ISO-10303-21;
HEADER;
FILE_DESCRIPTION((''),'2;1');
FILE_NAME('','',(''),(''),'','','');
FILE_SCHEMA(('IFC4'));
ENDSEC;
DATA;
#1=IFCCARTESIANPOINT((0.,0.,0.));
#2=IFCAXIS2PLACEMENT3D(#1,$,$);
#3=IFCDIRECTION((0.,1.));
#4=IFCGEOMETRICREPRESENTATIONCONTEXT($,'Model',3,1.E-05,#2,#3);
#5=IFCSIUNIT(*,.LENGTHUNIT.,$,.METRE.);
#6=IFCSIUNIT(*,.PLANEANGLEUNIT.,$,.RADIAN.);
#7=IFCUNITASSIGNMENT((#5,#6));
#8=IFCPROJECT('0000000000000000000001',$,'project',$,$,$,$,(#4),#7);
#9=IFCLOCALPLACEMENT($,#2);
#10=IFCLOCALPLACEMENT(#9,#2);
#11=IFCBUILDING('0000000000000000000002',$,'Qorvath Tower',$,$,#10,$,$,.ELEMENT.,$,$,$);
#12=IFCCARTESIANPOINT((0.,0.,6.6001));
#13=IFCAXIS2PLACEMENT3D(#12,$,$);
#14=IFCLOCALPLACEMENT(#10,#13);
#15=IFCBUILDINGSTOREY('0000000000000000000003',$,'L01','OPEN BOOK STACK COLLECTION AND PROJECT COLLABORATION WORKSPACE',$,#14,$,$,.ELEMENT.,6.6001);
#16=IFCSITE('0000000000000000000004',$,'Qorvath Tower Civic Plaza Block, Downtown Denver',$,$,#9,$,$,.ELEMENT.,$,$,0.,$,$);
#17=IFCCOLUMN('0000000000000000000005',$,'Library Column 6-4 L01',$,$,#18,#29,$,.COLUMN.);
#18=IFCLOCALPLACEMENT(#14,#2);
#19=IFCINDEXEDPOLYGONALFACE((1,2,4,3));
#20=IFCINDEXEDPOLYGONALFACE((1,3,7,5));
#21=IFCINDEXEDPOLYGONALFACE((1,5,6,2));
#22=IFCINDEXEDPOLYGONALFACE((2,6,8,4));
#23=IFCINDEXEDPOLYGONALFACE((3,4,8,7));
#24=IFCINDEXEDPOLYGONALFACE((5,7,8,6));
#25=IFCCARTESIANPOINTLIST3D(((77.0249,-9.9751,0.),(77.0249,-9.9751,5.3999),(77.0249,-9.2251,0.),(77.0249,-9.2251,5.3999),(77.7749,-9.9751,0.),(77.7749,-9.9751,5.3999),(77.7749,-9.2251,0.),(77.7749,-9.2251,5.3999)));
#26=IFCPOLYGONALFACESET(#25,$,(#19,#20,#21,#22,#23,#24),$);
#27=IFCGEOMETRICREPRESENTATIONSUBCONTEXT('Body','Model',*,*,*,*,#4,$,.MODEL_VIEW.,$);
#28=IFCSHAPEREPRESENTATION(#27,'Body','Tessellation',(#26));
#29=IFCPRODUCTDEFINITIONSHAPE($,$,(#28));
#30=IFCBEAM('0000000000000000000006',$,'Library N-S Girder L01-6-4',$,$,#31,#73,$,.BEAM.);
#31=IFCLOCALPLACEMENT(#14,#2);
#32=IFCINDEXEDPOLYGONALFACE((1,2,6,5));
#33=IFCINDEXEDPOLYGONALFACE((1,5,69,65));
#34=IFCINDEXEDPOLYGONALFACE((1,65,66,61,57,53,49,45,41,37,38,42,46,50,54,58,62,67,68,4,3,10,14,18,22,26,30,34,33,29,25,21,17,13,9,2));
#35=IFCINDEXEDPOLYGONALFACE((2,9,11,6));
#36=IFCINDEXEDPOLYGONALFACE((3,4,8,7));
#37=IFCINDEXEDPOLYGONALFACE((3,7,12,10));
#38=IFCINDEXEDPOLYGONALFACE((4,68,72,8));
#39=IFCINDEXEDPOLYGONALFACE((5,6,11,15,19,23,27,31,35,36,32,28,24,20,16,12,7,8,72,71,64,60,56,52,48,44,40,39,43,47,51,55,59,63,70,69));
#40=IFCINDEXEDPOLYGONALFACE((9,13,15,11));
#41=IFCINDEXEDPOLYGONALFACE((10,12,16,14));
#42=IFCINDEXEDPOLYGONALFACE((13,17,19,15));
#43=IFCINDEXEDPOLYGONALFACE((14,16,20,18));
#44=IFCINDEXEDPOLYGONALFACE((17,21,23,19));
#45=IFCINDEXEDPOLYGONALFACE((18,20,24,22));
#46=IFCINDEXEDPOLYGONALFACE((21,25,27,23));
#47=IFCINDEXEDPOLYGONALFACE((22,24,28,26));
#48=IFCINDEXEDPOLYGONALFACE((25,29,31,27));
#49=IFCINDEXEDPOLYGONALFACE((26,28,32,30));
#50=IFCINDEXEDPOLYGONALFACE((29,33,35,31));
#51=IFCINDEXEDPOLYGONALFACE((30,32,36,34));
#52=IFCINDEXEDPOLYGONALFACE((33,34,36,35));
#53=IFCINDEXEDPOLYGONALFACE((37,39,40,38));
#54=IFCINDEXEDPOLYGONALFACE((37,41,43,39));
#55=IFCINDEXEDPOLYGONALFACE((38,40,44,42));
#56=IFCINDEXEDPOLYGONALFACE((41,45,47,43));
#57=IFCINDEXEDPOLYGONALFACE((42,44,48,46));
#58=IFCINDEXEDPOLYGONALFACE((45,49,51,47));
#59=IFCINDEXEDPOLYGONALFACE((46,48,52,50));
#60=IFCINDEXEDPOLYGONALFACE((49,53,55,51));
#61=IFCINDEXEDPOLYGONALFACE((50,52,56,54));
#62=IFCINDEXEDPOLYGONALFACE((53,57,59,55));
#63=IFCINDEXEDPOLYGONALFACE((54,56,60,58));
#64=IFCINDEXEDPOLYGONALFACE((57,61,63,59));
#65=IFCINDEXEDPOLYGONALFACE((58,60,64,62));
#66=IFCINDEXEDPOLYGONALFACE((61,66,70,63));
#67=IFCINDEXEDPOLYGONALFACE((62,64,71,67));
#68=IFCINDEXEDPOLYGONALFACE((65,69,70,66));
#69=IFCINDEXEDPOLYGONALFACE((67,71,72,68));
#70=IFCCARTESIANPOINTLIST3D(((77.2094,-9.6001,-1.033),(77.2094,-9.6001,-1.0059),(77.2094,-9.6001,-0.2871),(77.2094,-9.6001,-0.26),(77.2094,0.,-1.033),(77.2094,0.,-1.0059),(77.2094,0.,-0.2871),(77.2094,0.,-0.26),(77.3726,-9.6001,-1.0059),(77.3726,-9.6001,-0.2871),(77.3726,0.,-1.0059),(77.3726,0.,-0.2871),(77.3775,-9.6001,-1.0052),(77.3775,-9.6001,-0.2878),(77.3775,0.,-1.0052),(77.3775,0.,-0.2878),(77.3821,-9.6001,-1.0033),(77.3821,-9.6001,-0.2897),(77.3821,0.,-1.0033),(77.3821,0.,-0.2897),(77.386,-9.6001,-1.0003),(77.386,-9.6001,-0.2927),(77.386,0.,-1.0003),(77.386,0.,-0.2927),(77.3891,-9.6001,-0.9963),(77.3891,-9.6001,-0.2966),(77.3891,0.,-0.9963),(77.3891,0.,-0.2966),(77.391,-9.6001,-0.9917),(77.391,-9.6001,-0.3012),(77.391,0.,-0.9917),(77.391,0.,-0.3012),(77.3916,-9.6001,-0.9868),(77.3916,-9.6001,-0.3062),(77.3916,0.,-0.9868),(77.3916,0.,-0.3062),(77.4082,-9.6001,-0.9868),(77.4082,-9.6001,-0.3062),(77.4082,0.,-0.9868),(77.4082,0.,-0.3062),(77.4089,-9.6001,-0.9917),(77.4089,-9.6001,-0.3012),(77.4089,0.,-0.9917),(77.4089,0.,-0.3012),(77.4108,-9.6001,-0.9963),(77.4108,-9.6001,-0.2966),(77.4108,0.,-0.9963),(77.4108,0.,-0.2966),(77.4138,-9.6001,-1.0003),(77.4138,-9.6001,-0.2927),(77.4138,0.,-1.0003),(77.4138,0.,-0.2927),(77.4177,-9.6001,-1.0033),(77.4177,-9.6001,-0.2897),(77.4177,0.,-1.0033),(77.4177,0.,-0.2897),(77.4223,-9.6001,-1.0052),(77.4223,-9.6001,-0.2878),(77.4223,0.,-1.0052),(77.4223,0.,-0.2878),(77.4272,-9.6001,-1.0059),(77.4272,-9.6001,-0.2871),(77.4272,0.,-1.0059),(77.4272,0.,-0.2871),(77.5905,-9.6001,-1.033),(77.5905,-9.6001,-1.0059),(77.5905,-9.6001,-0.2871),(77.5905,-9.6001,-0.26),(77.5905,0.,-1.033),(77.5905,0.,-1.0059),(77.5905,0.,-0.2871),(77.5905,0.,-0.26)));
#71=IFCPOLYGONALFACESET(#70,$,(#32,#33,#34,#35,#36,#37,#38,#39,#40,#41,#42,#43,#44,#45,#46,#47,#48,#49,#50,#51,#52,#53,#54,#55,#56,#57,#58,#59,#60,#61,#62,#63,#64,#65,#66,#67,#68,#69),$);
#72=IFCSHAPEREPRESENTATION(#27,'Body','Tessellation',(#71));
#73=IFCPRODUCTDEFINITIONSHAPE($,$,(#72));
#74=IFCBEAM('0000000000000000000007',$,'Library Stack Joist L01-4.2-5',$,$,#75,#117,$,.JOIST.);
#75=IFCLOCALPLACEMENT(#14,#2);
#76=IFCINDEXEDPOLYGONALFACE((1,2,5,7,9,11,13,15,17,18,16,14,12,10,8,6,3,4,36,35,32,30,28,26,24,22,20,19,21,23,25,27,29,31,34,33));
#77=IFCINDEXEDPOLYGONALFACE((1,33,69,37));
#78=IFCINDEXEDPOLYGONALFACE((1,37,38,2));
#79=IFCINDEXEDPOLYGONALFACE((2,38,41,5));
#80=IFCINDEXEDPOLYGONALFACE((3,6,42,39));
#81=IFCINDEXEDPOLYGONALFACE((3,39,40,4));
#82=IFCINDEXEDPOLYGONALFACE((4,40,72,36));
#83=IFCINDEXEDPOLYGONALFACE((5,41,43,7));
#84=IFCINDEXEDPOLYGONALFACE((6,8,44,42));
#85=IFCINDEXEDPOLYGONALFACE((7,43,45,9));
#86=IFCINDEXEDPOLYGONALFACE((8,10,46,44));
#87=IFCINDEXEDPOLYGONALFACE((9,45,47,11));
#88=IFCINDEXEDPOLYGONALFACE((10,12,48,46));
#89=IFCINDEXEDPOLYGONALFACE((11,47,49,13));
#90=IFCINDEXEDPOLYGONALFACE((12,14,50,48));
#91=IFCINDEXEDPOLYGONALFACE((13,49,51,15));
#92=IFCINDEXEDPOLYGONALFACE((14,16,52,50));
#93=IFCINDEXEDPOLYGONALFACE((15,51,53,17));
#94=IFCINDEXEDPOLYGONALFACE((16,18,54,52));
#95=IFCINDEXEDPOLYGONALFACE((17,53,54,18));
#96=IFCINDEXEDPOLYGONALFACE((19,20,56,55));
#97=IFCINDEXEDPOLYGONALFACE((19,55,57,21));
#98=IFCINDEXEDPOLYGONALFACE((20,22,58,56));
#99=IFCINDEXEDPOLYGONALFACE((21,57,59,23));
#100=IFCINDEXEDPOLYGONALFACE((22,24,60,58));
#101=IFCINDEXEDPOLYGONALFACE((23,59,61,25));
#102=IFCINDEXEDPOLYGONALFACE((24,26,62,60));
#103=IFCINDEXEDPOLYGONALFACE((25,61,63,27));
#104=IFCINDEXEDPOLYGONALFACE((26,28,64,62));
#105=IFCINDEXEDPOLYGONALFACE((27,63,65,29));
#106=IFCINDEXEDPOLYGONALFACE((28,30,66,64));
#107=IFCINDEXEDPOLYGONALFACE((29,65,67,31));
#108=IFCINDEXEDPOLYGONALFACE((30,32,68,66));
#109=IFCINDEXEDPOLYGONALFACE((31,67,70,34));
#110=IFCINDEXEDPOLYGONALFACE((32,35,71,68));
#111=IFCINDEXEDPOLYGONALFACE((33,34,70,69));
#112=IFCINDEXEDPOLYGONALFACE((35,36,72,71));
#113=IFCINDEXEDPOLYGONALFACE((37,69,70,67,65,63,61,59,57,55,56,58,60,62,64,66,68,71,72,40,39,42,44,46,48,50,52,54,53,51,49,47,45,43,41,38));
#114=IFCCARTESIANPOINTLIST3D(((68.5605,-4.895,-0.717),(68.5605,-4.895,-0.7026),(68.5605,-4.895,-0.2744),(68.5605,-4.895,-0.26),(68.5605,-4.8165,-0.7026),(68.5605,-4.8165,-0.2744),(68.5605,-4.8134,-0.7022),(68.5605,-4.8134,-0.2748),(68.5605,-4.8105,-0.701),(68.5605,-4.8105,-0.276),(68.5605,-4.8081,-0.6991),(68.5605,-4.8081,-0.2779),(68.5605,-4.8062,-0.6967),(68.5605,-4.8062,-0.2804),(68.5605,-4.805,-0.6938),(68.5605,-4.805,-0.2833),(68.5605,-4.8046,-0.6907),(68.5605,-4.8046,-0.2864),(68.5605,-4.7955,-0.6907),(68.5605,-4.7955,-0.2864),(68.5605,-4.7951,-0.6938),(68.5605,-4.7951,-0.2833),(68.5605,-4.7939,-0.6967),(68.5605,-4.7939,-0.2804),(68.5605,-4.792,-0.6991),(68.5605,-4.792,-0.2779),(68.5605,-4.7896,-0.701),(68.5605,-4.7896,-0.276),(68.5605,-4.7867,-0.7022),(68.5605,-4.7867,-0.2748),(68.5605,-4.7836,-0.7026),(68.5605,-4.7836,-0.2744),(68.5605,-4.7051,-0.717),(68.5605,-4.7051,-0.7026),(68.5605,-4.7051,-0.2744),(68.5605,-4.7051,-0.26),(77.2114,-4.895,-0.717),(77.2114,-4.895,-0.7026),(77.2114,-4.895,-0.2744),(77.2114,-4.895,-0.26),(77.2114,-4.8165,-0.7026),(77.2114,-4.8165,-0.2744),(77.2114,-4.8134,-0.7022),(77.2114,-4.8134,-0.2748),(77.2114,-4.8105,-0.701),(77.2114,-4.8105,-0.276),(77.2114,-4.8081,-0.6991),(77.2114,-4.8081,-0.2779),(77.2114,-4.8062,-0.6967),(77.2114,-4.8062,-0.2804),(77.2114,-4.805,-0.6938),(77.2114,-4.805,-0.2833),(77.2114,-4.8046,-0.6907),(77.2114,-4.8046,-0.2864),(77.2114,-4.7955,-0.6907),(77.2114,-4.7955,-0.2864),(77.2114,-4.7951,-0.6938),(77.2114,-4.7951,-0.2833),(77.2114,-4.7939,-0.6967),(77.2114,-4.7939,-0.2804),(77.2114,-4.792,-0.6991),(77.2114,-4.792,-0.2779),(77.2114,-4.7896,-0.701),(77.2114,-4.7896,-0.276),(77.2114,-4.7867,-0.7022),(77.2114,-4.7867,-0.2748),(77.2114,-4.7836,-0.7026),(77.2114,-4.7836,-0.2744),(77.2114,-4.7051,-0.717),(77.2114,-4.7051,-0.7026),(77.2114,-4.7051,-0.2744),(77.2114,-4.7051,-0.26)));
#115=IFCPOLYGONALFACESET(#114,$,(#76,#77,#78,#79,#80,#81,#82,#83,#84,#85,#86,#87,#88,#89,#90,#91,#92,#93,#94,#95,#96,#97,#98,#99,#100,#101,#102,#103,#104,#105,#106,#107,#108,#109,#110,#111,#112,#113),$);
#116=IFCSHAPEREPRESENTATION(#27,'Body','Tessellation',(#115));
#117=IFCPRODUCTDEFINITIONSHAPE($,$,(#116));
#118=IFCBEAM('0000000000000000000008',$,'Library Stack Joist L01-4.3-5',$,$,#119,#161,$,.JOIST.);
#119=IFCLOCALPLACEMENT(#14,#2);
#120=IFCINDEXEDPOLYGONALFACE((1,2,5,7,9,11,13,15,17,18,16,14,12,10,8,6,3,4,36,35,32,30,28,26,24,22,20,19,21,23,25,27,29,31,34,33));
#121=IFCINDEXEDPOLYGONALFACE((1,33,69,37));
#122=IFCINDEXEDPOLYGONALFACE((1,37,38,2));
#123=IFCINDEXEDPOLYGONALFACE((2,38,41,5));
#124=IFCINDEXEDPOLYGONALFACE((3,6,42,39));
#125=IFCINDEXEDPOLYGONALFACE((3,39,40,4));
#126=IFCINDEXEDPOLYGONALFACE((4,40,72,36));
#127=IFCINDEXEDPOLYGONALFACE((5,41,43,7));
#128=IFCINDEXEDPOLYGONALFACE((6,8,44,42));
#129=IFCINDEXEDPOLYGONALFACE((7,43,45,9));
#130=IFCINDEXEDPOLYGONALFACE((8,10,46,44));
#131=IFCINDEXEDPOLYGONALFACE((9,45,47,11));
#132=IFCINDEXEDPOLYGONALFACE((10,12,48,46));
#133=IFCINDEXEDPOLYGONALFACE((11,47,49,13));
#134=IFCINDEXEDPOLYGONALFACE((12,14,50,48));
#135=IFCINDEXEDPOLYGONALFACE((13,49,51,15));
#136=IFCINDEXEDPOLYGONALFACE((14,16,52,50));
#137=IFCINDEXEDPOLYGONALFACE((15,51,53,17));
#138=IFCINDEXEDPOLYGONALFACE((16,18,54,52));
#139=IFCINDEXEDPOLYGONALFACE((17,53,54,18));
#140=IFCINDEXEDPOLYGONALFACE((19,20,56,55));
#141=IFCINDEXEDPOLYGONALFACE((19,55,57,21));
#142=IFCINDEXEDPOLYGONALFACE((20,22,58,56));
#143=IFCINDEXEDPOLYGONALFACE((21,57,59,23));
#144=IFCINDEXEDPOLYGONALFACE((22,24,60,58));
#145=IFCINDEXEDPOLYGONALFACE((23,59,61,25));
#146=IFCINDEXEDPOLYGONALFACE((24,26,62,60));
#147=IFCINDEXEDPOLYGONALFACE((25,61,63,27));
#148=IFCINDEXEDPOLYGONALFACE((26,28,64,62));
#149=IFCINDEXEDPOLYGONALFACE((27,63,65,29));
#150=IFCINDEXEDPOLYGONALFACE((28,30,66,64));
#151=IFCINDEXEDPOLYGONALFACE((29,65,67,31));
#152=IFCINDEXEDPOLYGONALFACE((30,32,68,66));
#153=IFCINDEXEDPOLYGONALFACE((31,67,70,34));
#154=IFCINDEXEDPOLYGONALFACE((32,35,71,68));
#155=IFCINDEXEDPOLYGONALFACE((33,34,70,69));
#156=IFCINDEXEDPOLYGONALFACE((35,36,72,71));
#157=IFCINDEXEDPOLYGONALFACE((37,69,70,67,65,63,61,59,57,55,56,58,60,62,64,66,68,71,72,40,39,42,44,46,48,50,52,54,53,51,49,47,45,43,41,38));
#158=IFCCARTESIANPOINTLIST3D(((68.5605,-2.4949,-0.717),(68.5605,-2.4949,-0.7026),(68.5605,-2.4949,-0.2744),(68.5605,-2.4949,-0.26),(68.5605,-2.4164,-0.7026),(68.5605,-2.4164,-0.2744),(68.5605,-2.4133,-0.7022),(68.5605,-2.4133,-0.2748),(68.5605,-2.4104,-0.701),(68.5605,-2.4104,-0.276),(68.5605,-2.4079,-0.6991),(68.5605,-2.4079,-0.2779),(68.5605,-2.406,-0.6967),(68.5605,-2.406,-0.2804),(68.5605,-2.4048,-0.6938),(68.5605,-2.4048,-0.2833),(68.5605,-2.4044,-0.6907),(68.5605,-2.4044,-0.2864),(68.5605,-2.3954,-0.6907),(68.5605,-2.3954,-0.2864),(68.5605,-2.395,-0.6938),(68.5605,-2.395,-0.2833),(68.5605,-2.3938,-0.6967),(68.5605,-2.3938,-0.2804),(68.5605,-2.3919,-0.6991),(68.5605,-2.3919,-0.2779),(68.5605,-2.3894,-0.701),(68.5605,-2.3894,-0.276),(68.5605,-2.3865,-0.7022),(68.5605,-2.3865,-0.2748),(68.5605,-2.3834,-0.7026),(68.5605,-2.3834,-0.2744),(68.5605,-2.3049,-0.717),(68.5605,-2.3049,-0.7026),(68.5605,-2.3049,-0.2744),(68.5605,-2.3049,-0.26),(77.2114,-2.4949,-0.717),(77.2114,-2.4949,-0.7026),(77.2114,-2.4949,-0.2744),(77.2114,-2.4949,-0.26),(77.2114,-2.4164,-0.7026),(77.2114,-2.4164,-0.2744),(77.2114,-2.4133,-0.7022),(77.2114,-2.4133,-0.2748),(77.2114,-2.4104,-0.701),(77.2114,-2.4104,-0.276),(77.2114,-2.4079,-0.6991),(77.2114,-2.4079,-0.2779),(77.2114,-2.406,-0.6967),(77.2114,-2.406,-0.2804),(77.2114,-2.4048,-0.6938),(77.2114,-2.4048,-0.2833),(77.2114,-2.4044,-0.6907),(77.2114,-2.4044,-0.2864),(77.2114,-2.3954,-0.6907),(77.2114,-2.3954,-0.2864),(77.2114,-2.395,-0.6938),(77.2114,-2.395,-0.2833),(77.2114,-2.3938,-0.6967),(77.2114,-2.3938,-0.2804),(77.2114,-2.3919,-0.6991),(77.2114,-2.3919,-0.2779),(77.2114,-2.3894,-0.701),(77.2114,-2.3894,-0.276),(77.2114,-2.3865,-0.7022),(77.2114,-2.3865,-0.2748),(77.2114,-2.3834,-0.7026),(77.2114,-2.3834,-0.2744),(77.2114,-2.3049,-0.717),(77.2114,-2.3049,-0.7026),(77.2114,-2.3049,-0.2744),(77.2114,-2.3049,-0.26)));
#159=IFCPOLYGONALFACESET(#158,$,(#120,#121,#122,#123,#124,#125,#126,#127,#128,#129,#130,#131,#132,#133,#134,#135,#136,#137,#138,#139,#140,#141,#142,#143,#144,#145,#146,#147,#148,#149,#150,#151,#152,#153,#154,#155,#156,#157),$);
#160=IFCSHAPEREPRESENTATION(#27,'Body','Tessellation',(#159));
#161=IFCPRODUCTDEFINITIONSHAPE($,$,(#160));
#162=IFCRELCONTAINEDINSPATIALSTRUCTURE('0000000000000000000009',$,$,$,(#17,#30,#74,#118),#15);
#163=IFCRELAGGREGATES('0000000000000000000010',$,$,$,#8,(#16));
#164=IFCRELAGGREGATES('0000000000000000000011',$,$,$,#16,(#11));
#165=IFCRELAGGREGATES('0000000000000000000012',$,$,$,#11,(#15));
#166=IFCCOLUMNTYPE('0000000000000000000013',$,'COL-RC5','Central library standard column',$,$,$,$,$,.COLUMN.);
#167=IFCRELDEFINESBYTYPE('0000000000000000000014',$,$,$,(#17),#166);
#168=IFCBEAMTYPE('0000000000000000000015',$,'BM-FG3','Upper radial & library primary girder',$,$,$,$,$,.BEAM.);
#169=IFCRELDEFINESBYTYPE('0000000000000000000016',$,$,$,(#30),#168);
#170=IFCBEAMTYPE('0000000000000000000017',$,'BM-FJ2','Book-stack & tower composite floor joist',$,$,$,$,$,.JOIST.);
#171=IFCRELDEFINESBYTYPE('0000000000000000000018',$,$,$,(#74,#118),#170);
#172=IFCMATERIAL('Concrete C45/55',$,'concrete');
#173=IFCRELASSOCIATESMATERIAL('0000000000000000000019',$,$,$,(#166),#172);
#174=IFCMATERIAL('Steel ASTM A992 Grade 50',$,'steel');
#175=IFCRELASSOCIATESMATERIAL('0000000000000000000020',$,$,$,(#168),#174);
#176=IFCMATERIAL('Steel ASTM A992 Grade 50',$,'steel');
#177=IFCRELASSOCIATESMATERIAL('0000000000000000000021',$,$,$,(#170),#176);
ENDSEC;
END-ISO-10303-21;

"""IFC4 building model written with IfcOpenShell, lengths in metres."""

from ifc_helpers import new_model, si_unit, direction, frame, origin, origin_2d, place, context, subcontext, project, spatial, rectangle, i_section, extrude, material, material_profile, profile_set, type_object, element, save


model = new_model("IFC4")

# Units and contexts
model_context = context("Model", 3, precision=1e-05, world=origin(), true_north=direction((0.0, 1.0)))
body_context = subcontext(model_context, "Body", "Model", "MODEL_VIEW")
ifc_project = project(units=[si_unit("LENGTHUNIT", "METRE"), si_unit("PLANEANGLEUNIT", "RADIAN")], contexts=[model_context])

# Site, building, storey
site_placement = place(None, origin())
site = spatial("IfcSite", under=ifc_project, at=site_placement, Name="Qorvath Tower Civic Plaza Block, Downtown Denver", CompositionType="ELEMENT", RefElevation=0.0)
building_placement = place(site_placement, origin())
building = spatial("IfcBuilding", under=site, at=building_placement, Name="Qorvath Tower", CompositionType="ELEMENT")
storey_placement = place(building_placement, frame((0.0, 0.0, 6.6001)))
storey = spatial("IfcBuildingStorey", under=building, at=storey_placement, Name="L01", Description="OPEN BOOK STACK COLLECTION AND PROJECT COLLABORATION WORKSPACE", CompositionType="ELEMENT", Elevation=6.6001)

# Column
ifc_material_1 = material(Name="Concrete C45/55", Category="concrete")
ifc_material_profile_1 = material_profile(ifc_material_1, rectangle(XDim=0.75, YDim=0.75, at=origin_2d()), Name="RC 750x750")
ifc_profile_set_1 = profile_set([ifc_material_profile_1], Name="Concrete C45/55")
column_type = type_object("IfcColumnType", Name="COL-RC5", Description="Central library standard column", PredefinedType="COLUMN", material=ifc_profile_set_1)
column_placement = place(storey_placement, frame((77.3999, -9.6001, 0.0), z_axis=(0.0, 0.0, 1.0), x_axis=(1.0, 0.0, 0.0)))
element("IfcColumn", 1, at=column_placement, inside=storey, type_object=column_type, Name="Library Column 6-4 L01", PredefinedType="COLUMN", context=body_context, shape_type="SweptSolid", body=[
    extrude(rectangle(XDim=0.75, YDim=0.75, at=origin_2d()), origin(), (0.0, 0.0, 1.0), 5.3999),
])

# Beams
ifc_material_2 = material(Name="Steel ASTM A992 Grade 50", Category="steel")
ifc_material_profile_2 = material_profile(ifc_material_2, i_section(OverallWidth=0.3811, OverallDepth=0.7729, WebThickness=0.0166, FlangeThickness=0.0271, FilletRadius=0.019, at=origin_2d()), Name="W30x173")
ifc_profile_set_2 = profile_set([ifc_material_profile_2], Name="Steel ASTM A992 Grade 50")
beam_type_1 = type_object("IfcBeamType", Name="BM-FG3", Description="Upper radial & library primary girder", PredefinedType="BEAM", material=ifc_profile_set_2)
beam_placement = place(storey_placement, frame((77.3999, -9.6001, -0.6465), z_axis=(0.0, 1.0, 0.0), x_axis=(-1.0, 0.0, 0.0)))
element("IfcBeam", 2, at=beam_placement, inside=storey, type_object=beam_type_1, Name="Library N-S Girder L01-6-4", PredefinedType="BEAM", context=body_context, shape_type="SweptSolid", body=[
    extrude(i_section(OverallWidth=0.3811, OverallDepth=0.7729, WebThickness=0.0166, FlangeThickness=0.0271, FilletRadius=0.019, at=origin_2d()), origin(), (0.0, 0.0, 1.0), 9.6001),
])
ifc_material_3 = material(Name="Steel ASTM A992 Grade 50", Category="steel")
ifc_material_profile_3 = material_profile(ifc_material_3, i_section(OverallWidth=0.1899, OverallDepth=0.457, WebThickness=0.009, FlangeThickness=0.0144, FilletRadius=0.012, at=origin_2d()), Name="W18x50")
ifc_profile_set_3 = profile_set([ifc_material_profile_3], Name="Steel ASTM A992 Grade 50")
beam_type_2 = type_object("IfcBeamType", Name="BM-FJ2", Description="Book-stack & tower composite floor joist", PredefinedType="JOIST", material=ifc_profile_set_3)
for number, where, z_axis, x_axis, name in (
    (3, (68.5605, -4.8, -0.4885), (1.0, 0.0, 0.0), (0.0, 1.0, 0.0), "Library Stack Joist L01-4.2-5"),
    (4, (68.5605, -2.3999, -0.4885), (1.0, 0.0, 0.0), (0.0, 1.0, 0.0), "Library Stack Joist L01-4.3-5"),
):
    element("IfcBeam", number, at=place(storey_placement, frame(where, z_axis=z_axis, x_axis=x_axis)), inside=storey, type_object=beam_type_2, Name=name, PredefinedType="JOIST", context=body_context, shape_type="SweptSolid", body=[
        extrude(i_section(OverallWidth=0.1899, OverallDepth=0.457, WebThickness=0.009, FlangeThickness=0.0144, FilletRadius=0.012, at=origin_2d()), origin(), (0.0, 0.0, 1.0), 8.6509),
    ])

save(model, "model.ifc")
